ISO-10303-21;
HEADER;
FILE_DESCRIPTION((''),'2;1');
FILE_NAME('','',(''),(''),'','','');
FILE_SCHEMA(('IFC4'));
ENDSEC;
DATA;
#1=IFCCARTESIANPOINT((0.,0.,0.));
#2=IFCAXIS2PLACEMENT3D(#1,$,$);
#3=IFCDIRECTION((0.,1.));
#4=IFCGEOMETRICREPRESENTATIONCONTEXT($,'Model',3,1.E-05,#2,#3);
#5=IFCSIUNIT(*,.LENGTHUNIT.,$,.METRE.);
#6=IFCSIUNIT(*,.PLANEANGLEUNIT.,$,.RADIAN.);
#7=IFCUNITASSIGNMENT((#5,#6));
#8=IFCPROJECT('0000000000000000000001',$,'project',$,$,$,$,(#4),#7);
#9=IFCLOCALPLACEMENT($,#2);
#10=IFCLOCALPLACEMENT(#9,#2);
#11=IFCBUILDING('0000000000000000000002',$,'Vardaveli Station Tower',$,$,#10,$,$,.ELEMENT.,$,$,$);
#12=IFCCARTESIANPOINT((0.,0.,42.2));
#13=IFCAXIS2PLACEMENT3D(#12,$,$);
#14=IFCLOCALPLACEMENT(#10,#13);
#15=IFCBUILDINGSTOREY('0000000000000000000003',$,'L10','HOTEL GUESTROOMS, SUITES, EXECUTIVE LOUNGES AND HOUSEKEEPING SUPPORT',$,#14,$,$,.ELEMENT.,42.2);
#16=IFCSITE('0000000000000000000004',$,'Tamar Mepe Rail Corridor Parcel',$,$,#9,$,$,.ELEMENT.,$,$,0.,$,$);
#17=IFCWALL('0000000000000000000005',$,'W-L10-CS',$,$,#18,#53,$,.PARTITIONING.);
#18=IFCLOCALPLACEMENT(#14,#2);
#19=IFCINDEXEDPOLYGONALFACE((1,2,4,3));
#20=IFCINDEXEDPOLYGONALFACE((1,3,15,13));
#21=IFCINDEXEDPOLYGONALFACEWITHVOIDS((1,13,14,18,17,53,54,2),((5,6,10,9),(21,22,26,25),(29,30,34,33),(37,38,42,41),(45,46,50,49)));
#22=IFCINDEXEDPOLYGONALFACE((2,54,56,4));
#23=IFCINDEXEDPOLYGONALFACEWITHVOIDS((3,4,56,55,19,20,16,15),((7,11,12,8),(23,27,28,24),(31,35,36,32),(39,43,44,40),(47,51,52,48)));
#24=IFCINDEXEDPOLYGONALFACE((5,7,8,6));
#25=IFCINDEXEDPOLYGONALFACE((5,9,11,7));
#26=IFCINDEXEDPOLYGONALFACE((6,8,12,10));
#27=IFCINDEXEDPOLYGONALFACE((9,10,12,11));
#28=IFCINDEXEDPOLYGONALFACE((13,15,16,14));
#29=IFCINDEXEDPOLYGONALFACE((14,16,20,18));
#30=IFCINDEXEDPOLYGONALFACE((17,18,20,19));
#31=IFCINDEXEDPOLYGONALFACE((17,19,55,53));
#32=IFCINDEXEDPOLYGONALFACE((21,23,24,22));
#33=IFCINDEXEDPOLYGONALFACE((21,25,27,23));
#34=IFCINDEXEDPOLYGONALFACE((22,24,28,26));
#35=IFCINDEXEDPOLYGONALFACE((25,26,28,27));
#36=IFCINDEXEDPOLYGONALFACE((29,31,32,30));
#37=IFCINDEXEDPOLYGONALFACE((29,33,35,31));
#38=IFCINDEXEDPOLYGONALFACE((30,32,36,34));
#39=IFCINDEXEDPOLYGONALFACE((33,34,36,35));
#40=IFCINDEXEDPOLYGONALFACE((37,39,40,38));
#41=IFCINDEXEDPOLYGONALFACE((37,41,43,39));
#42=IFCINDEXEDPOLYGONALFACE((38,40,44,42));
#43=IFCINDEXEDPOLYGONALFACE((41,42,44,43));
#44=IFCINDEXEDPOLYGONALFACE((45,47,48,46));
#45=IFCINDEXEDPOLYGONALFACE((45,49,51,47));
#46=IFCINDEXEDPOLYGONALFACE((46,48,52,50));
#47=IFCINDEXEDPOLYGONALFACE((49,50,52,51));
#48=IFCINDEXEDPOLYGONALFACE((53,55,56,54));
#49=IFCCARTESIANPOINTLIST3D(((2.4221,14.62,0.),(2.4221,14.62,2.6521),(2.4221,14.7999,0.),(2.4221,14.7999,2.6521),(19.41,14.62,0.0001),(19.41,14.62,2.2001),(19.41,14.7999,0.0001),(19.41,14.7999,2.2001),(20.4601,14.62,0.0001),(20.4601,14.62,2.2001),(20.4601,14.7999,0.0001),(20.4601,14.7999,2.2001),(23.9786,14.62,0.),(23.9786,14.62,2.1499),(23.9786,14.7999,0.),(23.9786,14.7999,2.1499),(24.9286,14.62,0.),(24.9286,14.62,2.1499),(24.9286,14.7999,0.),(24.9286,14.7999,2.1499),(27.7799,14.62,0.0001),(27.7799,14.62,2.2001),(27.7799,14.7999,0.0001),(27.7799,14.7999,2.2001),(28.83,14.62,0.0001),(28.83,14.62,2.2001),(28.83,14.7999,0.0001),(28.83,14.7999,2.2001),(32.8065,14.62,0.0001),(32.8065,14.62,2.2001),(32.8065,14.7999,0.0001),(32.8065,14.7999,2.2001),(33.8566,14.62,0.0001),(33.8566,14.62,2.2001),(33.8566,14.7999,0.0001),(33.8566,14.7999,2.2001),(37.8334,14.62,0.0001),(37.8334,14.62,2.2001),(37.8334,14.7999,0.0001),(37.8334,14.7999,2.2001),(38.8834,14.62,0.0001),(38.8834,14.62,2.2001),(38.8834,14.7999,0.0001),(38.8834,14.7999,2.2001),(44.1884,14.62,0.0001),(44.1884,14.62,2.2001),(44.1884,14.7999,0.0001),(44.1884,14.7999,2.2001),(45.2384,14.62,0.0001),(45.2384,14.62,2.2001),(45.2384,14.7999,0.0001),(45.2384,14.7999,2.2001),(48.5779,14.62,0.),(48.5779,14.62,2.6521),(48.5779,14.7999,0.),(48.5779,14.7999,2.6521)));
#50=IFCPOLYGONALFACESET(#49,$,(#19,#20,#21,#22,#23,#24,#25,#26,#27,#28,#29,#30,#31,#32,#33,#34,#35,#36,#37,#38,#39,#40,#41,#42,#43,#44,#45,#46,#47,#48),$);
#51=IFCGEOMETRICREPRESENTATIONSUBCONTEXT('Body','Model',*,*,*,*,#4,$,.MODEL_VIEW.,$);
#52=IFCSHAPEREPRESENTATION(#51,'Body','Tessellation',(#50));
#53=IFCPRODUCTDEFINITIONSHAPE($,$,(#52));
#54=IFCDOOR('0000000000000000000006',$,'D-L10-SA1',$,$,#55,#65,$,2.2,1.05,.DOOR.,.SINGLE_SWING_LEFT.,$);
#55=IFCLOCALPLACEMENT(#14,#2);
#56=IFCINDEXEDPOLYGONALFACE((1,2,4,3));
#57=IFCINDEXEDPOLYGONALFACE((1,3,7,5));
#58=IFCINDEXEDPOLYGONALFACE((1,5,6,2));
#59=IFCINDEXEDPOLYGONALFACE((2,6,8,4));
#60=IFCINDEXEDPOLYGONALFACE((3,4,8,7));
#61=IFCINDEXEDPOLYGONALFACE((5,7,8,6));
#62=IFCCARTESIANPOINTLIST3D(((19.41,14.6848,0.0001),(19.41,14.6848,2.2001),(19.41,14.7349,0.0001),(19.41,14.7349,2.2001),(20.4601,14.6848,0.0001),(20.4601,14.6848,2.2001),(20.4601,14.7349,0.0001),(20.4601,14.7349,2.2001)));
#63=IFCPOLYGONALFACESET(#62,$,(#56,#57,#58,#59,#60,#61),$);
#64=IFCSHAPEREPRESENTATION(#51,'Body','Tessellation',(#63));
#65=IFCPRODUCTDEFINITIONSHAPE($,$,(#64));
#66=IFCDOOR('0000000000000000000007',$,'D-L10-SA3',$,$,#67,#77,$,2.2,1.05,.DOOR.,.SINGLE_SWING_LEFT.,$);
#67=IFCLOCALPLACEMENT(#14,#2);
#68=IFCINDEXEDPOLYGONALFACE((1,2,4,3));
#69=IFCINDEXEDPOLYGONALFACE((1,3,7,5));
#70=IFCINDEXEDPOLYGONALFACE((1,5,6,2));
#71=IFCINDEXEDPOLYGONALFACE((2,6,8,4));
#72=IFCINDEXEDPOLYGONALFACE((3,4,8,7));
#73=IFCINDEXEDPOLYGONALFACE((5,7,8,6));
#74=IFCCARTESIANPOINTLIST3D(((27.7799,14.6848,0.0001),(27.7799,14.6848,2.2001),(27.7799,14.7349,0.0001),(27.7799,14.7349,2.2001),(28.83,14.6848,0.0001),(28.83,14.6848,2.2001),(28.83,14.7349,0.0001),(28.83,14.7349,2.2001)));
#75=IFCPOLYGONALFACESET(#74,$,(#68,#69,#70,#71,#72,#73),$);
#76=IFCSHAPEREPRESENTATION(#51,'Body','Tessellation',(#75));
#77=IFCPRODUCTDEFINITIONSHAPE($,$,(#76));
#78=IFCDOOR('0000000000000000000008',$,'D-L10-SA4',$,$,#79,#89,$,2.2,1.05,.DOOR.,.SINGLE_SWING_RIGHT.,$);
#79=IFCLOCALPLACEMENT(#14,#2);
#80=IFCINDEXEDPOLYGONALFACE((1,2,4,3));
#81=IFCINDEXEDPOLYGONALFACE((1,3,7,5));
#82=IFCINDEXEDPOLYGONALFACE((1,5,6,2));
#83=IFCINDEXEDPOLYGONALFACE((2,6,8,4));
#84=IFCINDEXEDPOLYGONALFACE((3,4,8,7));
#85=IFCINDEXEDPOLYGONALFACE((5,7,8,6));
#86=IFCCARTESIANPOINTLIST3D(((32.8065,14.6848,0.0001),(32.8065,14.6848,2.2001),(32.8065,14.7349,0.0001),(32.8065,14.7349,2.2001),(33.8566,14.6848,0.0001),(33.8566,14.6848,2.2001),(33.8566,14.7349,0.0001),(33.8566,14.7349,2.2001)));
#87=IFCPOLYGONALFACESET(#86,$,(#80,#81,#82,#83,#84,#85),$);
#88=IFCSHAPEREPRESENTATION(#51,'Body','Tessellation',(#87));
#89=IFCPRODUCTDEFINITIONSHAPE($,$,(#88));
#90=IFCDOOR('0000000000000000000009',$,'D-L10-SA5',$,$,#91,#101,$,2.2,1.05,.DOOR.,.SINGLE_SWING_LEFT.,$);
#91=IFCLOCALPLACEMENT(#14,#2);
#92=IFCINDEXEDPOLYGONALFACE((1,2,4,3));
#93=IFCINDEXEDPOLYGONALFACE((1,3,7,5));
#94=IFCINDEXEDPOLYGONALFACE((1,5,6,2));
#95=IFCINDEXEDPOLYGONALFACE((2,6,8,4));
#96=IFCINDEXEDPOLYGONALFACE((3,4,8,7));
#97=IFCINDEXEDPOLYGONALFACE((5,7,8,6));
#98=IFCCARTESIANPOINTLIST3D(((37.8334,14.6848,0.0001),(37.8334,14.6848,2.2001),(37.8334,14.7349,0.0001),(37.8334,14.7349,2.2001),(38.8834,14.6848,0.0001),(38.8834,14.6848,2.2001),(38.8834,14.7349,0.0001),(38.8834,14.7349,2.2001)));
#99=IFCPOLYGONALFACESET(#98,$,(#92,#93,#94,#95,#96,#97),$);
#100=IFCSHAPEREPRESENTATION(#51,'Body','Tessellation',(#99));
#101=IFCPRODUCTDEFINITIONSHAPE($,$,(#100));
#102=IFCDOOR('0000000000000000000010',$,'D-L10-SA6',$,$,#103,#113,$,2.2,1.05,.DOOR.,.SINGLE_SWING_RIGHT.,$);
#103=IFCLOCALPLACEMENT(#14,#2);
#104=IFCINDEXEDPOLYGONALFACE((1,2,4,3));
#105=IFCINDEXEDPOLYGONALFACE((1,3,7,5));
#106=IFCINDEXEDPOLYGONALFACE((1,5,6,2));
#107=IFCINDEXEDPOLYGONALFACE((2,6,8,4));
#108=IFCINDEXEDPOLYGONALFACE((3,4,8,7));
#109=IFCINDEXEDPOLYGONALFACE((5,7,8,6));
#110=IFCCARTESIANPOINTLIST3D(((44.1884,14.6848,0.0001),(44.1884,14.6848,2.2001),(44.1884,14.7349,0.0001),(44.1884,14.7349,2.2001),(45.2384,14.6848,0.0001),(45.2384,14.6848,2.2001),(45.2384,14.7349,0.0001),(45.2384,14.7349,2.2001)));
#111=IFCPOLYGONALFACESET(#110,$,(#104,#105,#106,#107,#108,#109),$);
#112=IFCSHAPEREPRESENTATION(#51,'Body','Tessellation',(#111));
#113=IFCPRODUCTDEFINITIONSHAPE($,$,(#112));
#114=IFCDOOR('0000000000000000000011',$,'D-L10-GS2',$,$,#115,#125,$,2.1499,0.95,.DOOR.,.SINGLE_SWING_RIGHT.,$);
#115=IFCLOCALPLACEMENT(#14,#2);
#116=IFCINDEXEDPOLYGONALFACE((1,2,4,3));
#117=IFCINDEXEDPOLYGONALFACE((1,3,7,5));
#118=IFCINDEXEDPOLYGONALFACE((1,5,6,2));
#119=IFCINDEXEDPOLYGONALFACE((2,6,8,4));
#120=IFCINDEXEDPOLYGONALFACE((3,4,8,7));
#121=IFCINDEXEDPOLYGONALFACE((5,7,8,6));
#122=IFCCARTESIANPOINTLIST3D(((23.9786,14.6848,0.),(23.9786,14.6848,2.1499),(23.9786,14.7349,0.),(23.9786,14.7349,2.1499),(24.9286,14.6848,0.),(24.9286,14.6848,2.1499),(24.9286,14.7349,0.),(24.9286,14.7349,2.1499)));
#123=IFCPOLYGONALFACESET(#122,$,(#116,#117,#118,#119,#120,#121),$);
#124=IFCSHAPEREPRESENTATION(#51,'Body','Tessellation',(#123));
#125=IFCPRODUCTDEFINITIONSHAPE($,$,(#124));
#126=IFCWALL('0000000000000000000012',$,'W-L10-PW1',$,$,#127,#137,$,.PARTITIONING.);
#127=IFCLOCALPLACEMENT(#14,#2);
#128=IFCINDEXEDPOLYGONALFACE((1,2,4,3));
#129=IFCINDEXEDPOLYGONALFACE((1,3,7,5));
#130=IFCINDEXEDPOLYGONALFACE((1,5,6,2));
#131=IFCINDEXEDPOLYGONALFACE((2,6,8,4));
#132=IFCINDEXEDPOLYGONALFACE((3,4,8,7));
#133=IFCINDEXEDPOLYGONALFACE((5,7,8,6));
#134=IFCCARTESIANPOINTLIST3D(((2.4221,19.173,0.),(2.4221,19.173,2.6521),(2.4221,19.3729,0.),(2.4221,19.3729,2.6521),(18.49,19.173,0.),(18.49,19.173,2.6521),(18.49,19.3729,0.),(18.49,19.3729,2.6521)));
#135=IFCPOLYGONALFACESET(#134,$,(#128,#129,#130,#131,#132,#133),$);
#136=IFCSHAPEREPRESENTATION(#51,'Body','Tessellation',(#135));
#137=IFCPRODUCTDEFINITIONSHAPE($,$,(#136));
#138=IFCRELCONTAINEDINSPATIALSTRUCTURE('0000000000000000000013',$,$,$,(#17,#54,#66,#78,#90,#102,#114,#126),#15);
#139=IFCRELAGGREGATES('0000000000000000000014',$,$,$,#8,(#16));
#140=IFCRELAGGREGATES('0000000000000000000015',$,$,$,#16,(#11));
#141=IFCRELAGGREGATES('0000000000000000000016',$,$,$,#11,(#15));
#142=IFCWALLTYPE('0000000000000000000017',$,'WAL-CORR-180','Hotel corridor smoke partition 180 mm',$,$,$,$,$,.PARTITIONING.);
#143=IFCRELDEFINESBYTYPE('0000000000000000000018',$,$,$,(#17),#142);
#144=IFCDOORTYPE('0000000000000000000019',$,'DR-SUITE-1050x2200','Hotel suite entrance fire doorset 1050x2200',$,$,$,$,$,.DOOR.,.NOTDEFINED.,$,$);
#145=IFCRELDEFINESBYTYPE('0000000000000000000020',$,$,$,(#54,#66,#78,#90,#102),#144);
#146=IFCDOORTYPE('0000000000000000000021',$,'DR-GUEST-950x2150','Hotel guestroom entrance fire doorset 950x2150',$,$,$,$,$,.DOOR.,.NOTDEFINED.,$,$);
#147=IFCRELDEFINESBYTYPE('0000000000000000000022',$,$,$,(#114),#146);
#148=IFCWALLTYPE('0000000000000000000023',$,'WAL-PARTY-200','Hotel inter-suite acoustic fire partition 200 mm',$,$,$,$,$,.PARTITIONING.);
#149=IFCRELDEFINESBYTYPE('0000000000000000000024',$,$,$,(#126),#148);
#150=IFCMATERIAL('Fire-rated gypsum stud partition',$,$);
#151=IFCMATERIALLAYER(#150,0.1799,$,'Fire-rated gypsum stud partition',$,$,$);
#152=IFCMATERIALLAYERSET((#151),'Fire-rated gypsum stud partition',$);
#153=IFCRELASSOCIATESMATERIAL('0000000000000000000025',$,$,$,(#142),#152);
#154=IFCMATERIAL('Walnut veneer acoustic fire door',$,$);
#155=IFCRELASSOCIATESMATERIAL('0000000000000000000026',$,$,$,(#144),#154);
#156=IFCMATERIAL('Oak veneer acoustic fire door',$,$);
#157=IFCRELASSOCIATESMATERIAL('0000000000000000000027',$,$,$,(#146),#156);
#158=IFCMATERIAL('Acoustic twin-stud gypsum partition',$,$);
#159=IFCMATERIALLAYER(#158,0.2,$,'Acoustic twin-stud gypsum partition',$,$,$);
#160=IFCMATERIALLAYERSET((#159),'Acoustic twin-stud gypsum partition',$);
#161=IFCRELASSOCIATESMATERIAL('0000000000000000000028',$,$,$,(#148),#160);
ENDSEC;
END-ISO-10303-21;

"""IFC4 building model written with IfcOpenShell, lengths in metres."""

from ifc_helpers import new_model, si_unit, direction, frame, frame_2d, origin, place, context, subcontext, project, spatial, rectangle, extrude, source, transform, mapped, material, layer, layer_set, type_object, element, fill, save


model = new_model("IFC4")

# Units and contexts
model_context = context("Model", 3, precision=1e-05, world=origin(), true_north=direction((0.0, 1.0)))
body_context = subcontext(model_context, "Body", "Model", "MODEL_VIEW")
ifc_project = project(units=[si_unit("LENGTHUNIT", "METRE"), si_unit("PLANEANGLEUNIT", "RADIAN")], contexts=[model_context])

# Site, building, storey
site_placement = place(None, origin())
site = spatial("IfcSite", under=ifc_project, at=site_placement, Name="Tamar Mepe Rail Corridor Parcel", CompositionType="ELEMENT", RefElevation=0.0)
building_placement = place(site_placement, origin())
building = spatial("IfcBuilding", under=site, at=building_placement, Name="Vardaveli Station Tower", CompositionType="ELEMENT")
storey_placement = place(building_placement, frame((0.0, 0.0, 42.2)))
storey = spatial("IfcBuildingStorey", under=building, at=storey_placement, Name="L10", Description="HOTEL GUESTROOMS, SUITES, EXECUTIVE LOUNGES AND HOUSEKEEPING SUPPORT", CompositionType="ELEMENT", Elevation=42.2)

# Wall, openings, doors
ifc_material_1 = material(Name="Fire-rated gypsum stud partition")
ifc_layer_1 = layer(ifc_material_1, 0.1799, Name="Fire-rated gypsum stud partition")
ifc_layer_set_1 = layer_set([ifc_layer_1], Name="Fire-rated gypsum stud partition")
wall_type_1 = type_object("IfcWallType", Name="WAL-CORR-180", Description="Hotel corridor smoke partition 180 mm", PredefinedType="PARTITIONING", material=ifc_layer_set_1)
shared_shape_1 = source(origin(), body_context, "Body", "SweptSolid", [
    extrude(rectangle(XDim=46.1558, YDim=0.1799, at=frame_2d((23.0779, 0.0))), origin(), (0.0, 0.0, 1.0), 2.6521),
])
wall_1_placement = place(storey_placement, frame((2.4221, 14.71, 0.0), z_axis=(0.0, 0.0, 1.0), x_axis=(1.0, 0.0, 0.0)))
wall_1 = element("IfcWall", 1, at=wall_1_placement, inside=storey, type_object=wall_type_1, Name="W-L10-CS", PredefinedType="PARTITIONING", context=body_context, shape_type="MappedRepresentation", body=[
    mapped(shared_shape_1, transform((0.0, 0.0, 0.0), scale=1.0)),
])
shared_shape_2 = source(origin(), body_context, "Body", "SweptSolid", [
    extrude(rectangle(XDim=1.05, YDim=2.2, at=frame_2d((0.5249, 1.1001))), frame((0.0, 0.1001, 0.0), z_axis=(0.0, -1.0, 0.0), x_axis=(1.0, 0.0, 0.0)), (0.0, 0.0, 1.0), 0.2),
])
opening_1_placement = place(wall_1_placement, frame((16.988, 0.0, 0.0)))
opening_1 = element("IfcOpeningElement", 2, at=opening_1_placement, cuts=wall_1, PredefinedType="OPENING", context=body_context, shape_type="MappedRepresentation", body=[
    mapped(shared_shape_2, transform((0.0, 0.0, 0.0), scale=1.0)),
])
shared_shape_3 = source(origin(), body_context, "Body", "SweptSolid", [
    extrude(rectangle(XDim=0.95, YDim=2.1499, at=frame_2d((0.4751, 1.075))), frame((0.0, 0.1001, 0.0), z_axis=(0.0, -1.0, 0.0), x_axis=(1.0, 0.0, 0.0)), (0.0, 0.0, 1.0), 0.2),
])
opening_2_placement = place(wall_1_placement, frame((21.5564, 0.0, 0.0)))
opening_2 = element("IfcOpeningElement", 3, at=opening_2_placement, cuts=wall_1, PredefinedType="OPENING", context=body_context, shape_type="MappedRepresentation", body=[
    mapped(shared_shape_3, transform((0.0, 0.0, 0.0), scale=1.0)),
])
opening_3_placement = place(wall_1_placement, frame((25.3579, 0.0, 0.0)))
opening_3 = element("IfcOpeningElement", 4, at=opening_3_placement, cuts=wall_1, PredefinedType="OPENING", context=body_context, shape_type="MappedRepresentation", body=[
    mapped(shared_shape_2, transform((0.0, 0.0, 0.0), scale=1.0)),
])
opening_4_placement = place(wall_1_placement, frame((30.3845, 0.0, 0.0)))
opening_4 = element("IfcOpeningElement", 5, at=opening_4_placement, cuts=wall_1, PredefinedType="OPENING", context=body_context, shape_type="MappedRepresentation", body=[
    mapped(shared_shape_2, transform((0.0, 0.0, 0.0), scale=1.0)),
])
opening_5_placement = place(wall_1_placement, frame((35.4114, 0.0, 0.0)))
opening_5 = element("IfcOpeningElement", 6, at=opening_5_placement, cuts=wall_1, PredefinedType="OPENING", context=body_context, shape_type="MappedRepresentation", body=[
    mapped(shared_shape_2, transform((0.0, 0.0, 0.0), scale=1.0)),
])
opening_6_placement = place(wall_1_placement, frame((41.7664, 0.0, 0.0)))
opening_6 = element("IfcOpeningElement", 7, at=opening_6_placement, cuts=wall_1, PredefinedType="OPENING", context=body_context, shape_type="MappedRepresentation", body=[
    mapped(shared_shape_2, transform((0.0, 0.0, 0.0), scale=1.0)),
])
ifc_material_2 = material(Name="Walnut veneer acoustic fire door")
door_type_1 = type_object("IfcDoorType", Name="DR-SUITE-1050x2200", Description="Hotel suite entrance fire doorset 1050x2200", OperationType="NOTDEFINED", PredefinedType="DOOR", material=ifc_material_2)
shared_shape_4 = source(origin(), body_context, "Body", "SweptSolid", [
    extrude(rectangle(XDim=1.05, YDim=2.2, at=frame_2d((0.5249, 1.1001))), frame((0.0, 0.0249, 0.0), z_axis=(0.0, -1.0, 0.0), x_axis=(1.0, 0.0, 0.0)), (0.0, 0.0, 1.0), 0.05),
])
door_1_placement = place(opening_1_placement, origin())
door_1 = element("IfcDoor", 8, at=door_1_placement, inside=storey, type_object=door_type_1, Name="D-L10-SA1", OperationType="SINGLE_SWING_LEFT", OverallHeight=2.2, OverallWidth=1.05, PredefinedType="DOOR", context=body_context, shape_type="MappedRepresentation", body=[
    mapped(shared_shape_4, transform((0.0, 0.0, 0.0), scale=1.0)),
])
fill(opening_1, door_1)
door_2_placement = place(opening_3_placement, origin())
door_2 = element("IfcDoor", 9, at=door_2_placement, inside=storey, type_object=door_type_1, Name="D-L10-SA3", OperationType="SINGLE_SWING_LEFT", OverallHeight=2.2, OverallWidth=1.05, PredefinedType="DOOR", context=body_context, shape_type="MappedRepresentation", body=[
    mapped(shared_shape_4, transform((0.0, 0.0, 0.0), scale=1.0)),
])
fill(opening_3, door_2)
door_3_placement = place(opening_4_placement, origin())
door_3 = element("IfcDoor", 10, at=door_3_placement, inside=storey, type_object=door_type_1, Name="D-L10-SA4", OperationType="SINGLE_SWING_RIGHT", OverallHeight=2.2, OverallWidth=1.05, PredefinedType="DOOR", context=body_context, shape_type="MappedRepresentation", body=[
    mapped(shared_shape_4, transform((0.0, 0.0, 0.0), scale=1.0)),
])
fill(opening_4, door_3)
door_4_placement = place(opening_5_placement, origin())
door_4 = element("IfcDoor", 11, at=door_4_placement, inside=storey, type_object=door_type_1, Name="D-L10-SA5", OperationType="SINGLE_SWING_LEFT", OverallHeight=2.2, OverallWidth=1.05, PredefinedType="DOOR", context=body_context, shape_type="MappedRepresentation", body=[
    mapped(shared_shape_4, transform((0.0, 0.0, 0.0), scale=1.0)),
])
fill(opening_5, door_4)
door_5_placement = place(opening_6_placement, origin())
door_5 = element("IfcDoor", 12, at=door_5_placement, inside=storey, type_object=door_type_1, Name="D-L10-SA6", OperationType="SINGLE_SWING_RIGHT", OverallHeight=2.2, OverallWidth=1.05, PredefinedType="DOOR", context=body_context, shape_type="MappedRepresentation", body=[
    mapped(shared_shape_4, transform((0.0, 0.0, 0.0), scale=1.0)),
])
fill(opening_6, door_5)
ifc_material_3 = material(Name="Oak veneer acoustic fire door")
door_type_2 = type_object("IfcDoorType", Name="DR-GUEST-950x2150", Description="Hotel guestroom entrance fire doorset 950x2150", OperationType="NOTDEFINED", PredefinedType="DOOR", material=ifc_material_3)
shared_shape_5 = source(origin(), body_context, "Body", "SweptSolid", [
    extrude(rectangle(XDim=0.95, YDim=2.1499, at=frame_2d((0.4751, 1.075))), frame((0.0, 0.0249, 0.0), z_axis=(0.0, -1.0, 0.0), x_axis=(1.0, 0.0, 0.0)), (0.0, 0.0, 1.0), 0.05),
])
door_6_placement = place(opening_2_placement, origin())
door_6 = element("IfcDoor", 13, at=door_6_placement, inside=storey, type_object=door_type_2, Name="D-L10-GS2", OperationType="SINGLE_SWING_RIGHT", OverallHeight=2.1499, OverallWidth=0.95, PredefinedType="DOOR", context=body_context, shape_type="MappedRepresentation", body=[
    mapped(shared_shape_5, transform((0.0, 0.0, 0.0), scale=1.0)),
])
fill(opening_2, door_6)

# Wall
ifc_material_4 = material(Name="Acoustic twin-stud gypsum partition")
ifc_layer_2 = layer(ifc_material_4, 0.2, Name="Acoustic twin-stud gypsum partition")
ifc_layer_set_2 = layer_set([ifc_layer_2], Name="Acoustic twin-stud gypsum partition")
wall_type_2 = type_object("IfcWallType", Name="WAL-PARTY-200", Description="Hotel inter-suite acoustic fire partition 200 mm", PredefinedType="PARTITIONING", material=ifc_layer_set_2)
shared_shape_6 = source(origin(), body_context, "Body", "SweptSolid", [
    extrude(rectangle(XDim=16.0679, YDim=0.2, at=frame_2d((8.0339, 0.0))), origin(), (0.0, 0.0, 1.0), 2.6521),
])
wall_2_placement = place(storey_placement, frame((2.4221, 19.2729, 0.0), z_axis=(0.0, 0.0, 1.0), x_axis=(1.0, 0.0, 0.0)))
element("IfcWall", 14, at=wall_2_placement, inside=storey, type_object=wall_type_2, Name="W-L10-PW1", PredefinedType="PARTITIONING", context=body_context, shape_type="MappedRepresentation", body=[
    mapped(shared_shape_6, transform((0.0, 0.0, 0.0), scale=1.0)),
])

save(model, "model.ifc")
